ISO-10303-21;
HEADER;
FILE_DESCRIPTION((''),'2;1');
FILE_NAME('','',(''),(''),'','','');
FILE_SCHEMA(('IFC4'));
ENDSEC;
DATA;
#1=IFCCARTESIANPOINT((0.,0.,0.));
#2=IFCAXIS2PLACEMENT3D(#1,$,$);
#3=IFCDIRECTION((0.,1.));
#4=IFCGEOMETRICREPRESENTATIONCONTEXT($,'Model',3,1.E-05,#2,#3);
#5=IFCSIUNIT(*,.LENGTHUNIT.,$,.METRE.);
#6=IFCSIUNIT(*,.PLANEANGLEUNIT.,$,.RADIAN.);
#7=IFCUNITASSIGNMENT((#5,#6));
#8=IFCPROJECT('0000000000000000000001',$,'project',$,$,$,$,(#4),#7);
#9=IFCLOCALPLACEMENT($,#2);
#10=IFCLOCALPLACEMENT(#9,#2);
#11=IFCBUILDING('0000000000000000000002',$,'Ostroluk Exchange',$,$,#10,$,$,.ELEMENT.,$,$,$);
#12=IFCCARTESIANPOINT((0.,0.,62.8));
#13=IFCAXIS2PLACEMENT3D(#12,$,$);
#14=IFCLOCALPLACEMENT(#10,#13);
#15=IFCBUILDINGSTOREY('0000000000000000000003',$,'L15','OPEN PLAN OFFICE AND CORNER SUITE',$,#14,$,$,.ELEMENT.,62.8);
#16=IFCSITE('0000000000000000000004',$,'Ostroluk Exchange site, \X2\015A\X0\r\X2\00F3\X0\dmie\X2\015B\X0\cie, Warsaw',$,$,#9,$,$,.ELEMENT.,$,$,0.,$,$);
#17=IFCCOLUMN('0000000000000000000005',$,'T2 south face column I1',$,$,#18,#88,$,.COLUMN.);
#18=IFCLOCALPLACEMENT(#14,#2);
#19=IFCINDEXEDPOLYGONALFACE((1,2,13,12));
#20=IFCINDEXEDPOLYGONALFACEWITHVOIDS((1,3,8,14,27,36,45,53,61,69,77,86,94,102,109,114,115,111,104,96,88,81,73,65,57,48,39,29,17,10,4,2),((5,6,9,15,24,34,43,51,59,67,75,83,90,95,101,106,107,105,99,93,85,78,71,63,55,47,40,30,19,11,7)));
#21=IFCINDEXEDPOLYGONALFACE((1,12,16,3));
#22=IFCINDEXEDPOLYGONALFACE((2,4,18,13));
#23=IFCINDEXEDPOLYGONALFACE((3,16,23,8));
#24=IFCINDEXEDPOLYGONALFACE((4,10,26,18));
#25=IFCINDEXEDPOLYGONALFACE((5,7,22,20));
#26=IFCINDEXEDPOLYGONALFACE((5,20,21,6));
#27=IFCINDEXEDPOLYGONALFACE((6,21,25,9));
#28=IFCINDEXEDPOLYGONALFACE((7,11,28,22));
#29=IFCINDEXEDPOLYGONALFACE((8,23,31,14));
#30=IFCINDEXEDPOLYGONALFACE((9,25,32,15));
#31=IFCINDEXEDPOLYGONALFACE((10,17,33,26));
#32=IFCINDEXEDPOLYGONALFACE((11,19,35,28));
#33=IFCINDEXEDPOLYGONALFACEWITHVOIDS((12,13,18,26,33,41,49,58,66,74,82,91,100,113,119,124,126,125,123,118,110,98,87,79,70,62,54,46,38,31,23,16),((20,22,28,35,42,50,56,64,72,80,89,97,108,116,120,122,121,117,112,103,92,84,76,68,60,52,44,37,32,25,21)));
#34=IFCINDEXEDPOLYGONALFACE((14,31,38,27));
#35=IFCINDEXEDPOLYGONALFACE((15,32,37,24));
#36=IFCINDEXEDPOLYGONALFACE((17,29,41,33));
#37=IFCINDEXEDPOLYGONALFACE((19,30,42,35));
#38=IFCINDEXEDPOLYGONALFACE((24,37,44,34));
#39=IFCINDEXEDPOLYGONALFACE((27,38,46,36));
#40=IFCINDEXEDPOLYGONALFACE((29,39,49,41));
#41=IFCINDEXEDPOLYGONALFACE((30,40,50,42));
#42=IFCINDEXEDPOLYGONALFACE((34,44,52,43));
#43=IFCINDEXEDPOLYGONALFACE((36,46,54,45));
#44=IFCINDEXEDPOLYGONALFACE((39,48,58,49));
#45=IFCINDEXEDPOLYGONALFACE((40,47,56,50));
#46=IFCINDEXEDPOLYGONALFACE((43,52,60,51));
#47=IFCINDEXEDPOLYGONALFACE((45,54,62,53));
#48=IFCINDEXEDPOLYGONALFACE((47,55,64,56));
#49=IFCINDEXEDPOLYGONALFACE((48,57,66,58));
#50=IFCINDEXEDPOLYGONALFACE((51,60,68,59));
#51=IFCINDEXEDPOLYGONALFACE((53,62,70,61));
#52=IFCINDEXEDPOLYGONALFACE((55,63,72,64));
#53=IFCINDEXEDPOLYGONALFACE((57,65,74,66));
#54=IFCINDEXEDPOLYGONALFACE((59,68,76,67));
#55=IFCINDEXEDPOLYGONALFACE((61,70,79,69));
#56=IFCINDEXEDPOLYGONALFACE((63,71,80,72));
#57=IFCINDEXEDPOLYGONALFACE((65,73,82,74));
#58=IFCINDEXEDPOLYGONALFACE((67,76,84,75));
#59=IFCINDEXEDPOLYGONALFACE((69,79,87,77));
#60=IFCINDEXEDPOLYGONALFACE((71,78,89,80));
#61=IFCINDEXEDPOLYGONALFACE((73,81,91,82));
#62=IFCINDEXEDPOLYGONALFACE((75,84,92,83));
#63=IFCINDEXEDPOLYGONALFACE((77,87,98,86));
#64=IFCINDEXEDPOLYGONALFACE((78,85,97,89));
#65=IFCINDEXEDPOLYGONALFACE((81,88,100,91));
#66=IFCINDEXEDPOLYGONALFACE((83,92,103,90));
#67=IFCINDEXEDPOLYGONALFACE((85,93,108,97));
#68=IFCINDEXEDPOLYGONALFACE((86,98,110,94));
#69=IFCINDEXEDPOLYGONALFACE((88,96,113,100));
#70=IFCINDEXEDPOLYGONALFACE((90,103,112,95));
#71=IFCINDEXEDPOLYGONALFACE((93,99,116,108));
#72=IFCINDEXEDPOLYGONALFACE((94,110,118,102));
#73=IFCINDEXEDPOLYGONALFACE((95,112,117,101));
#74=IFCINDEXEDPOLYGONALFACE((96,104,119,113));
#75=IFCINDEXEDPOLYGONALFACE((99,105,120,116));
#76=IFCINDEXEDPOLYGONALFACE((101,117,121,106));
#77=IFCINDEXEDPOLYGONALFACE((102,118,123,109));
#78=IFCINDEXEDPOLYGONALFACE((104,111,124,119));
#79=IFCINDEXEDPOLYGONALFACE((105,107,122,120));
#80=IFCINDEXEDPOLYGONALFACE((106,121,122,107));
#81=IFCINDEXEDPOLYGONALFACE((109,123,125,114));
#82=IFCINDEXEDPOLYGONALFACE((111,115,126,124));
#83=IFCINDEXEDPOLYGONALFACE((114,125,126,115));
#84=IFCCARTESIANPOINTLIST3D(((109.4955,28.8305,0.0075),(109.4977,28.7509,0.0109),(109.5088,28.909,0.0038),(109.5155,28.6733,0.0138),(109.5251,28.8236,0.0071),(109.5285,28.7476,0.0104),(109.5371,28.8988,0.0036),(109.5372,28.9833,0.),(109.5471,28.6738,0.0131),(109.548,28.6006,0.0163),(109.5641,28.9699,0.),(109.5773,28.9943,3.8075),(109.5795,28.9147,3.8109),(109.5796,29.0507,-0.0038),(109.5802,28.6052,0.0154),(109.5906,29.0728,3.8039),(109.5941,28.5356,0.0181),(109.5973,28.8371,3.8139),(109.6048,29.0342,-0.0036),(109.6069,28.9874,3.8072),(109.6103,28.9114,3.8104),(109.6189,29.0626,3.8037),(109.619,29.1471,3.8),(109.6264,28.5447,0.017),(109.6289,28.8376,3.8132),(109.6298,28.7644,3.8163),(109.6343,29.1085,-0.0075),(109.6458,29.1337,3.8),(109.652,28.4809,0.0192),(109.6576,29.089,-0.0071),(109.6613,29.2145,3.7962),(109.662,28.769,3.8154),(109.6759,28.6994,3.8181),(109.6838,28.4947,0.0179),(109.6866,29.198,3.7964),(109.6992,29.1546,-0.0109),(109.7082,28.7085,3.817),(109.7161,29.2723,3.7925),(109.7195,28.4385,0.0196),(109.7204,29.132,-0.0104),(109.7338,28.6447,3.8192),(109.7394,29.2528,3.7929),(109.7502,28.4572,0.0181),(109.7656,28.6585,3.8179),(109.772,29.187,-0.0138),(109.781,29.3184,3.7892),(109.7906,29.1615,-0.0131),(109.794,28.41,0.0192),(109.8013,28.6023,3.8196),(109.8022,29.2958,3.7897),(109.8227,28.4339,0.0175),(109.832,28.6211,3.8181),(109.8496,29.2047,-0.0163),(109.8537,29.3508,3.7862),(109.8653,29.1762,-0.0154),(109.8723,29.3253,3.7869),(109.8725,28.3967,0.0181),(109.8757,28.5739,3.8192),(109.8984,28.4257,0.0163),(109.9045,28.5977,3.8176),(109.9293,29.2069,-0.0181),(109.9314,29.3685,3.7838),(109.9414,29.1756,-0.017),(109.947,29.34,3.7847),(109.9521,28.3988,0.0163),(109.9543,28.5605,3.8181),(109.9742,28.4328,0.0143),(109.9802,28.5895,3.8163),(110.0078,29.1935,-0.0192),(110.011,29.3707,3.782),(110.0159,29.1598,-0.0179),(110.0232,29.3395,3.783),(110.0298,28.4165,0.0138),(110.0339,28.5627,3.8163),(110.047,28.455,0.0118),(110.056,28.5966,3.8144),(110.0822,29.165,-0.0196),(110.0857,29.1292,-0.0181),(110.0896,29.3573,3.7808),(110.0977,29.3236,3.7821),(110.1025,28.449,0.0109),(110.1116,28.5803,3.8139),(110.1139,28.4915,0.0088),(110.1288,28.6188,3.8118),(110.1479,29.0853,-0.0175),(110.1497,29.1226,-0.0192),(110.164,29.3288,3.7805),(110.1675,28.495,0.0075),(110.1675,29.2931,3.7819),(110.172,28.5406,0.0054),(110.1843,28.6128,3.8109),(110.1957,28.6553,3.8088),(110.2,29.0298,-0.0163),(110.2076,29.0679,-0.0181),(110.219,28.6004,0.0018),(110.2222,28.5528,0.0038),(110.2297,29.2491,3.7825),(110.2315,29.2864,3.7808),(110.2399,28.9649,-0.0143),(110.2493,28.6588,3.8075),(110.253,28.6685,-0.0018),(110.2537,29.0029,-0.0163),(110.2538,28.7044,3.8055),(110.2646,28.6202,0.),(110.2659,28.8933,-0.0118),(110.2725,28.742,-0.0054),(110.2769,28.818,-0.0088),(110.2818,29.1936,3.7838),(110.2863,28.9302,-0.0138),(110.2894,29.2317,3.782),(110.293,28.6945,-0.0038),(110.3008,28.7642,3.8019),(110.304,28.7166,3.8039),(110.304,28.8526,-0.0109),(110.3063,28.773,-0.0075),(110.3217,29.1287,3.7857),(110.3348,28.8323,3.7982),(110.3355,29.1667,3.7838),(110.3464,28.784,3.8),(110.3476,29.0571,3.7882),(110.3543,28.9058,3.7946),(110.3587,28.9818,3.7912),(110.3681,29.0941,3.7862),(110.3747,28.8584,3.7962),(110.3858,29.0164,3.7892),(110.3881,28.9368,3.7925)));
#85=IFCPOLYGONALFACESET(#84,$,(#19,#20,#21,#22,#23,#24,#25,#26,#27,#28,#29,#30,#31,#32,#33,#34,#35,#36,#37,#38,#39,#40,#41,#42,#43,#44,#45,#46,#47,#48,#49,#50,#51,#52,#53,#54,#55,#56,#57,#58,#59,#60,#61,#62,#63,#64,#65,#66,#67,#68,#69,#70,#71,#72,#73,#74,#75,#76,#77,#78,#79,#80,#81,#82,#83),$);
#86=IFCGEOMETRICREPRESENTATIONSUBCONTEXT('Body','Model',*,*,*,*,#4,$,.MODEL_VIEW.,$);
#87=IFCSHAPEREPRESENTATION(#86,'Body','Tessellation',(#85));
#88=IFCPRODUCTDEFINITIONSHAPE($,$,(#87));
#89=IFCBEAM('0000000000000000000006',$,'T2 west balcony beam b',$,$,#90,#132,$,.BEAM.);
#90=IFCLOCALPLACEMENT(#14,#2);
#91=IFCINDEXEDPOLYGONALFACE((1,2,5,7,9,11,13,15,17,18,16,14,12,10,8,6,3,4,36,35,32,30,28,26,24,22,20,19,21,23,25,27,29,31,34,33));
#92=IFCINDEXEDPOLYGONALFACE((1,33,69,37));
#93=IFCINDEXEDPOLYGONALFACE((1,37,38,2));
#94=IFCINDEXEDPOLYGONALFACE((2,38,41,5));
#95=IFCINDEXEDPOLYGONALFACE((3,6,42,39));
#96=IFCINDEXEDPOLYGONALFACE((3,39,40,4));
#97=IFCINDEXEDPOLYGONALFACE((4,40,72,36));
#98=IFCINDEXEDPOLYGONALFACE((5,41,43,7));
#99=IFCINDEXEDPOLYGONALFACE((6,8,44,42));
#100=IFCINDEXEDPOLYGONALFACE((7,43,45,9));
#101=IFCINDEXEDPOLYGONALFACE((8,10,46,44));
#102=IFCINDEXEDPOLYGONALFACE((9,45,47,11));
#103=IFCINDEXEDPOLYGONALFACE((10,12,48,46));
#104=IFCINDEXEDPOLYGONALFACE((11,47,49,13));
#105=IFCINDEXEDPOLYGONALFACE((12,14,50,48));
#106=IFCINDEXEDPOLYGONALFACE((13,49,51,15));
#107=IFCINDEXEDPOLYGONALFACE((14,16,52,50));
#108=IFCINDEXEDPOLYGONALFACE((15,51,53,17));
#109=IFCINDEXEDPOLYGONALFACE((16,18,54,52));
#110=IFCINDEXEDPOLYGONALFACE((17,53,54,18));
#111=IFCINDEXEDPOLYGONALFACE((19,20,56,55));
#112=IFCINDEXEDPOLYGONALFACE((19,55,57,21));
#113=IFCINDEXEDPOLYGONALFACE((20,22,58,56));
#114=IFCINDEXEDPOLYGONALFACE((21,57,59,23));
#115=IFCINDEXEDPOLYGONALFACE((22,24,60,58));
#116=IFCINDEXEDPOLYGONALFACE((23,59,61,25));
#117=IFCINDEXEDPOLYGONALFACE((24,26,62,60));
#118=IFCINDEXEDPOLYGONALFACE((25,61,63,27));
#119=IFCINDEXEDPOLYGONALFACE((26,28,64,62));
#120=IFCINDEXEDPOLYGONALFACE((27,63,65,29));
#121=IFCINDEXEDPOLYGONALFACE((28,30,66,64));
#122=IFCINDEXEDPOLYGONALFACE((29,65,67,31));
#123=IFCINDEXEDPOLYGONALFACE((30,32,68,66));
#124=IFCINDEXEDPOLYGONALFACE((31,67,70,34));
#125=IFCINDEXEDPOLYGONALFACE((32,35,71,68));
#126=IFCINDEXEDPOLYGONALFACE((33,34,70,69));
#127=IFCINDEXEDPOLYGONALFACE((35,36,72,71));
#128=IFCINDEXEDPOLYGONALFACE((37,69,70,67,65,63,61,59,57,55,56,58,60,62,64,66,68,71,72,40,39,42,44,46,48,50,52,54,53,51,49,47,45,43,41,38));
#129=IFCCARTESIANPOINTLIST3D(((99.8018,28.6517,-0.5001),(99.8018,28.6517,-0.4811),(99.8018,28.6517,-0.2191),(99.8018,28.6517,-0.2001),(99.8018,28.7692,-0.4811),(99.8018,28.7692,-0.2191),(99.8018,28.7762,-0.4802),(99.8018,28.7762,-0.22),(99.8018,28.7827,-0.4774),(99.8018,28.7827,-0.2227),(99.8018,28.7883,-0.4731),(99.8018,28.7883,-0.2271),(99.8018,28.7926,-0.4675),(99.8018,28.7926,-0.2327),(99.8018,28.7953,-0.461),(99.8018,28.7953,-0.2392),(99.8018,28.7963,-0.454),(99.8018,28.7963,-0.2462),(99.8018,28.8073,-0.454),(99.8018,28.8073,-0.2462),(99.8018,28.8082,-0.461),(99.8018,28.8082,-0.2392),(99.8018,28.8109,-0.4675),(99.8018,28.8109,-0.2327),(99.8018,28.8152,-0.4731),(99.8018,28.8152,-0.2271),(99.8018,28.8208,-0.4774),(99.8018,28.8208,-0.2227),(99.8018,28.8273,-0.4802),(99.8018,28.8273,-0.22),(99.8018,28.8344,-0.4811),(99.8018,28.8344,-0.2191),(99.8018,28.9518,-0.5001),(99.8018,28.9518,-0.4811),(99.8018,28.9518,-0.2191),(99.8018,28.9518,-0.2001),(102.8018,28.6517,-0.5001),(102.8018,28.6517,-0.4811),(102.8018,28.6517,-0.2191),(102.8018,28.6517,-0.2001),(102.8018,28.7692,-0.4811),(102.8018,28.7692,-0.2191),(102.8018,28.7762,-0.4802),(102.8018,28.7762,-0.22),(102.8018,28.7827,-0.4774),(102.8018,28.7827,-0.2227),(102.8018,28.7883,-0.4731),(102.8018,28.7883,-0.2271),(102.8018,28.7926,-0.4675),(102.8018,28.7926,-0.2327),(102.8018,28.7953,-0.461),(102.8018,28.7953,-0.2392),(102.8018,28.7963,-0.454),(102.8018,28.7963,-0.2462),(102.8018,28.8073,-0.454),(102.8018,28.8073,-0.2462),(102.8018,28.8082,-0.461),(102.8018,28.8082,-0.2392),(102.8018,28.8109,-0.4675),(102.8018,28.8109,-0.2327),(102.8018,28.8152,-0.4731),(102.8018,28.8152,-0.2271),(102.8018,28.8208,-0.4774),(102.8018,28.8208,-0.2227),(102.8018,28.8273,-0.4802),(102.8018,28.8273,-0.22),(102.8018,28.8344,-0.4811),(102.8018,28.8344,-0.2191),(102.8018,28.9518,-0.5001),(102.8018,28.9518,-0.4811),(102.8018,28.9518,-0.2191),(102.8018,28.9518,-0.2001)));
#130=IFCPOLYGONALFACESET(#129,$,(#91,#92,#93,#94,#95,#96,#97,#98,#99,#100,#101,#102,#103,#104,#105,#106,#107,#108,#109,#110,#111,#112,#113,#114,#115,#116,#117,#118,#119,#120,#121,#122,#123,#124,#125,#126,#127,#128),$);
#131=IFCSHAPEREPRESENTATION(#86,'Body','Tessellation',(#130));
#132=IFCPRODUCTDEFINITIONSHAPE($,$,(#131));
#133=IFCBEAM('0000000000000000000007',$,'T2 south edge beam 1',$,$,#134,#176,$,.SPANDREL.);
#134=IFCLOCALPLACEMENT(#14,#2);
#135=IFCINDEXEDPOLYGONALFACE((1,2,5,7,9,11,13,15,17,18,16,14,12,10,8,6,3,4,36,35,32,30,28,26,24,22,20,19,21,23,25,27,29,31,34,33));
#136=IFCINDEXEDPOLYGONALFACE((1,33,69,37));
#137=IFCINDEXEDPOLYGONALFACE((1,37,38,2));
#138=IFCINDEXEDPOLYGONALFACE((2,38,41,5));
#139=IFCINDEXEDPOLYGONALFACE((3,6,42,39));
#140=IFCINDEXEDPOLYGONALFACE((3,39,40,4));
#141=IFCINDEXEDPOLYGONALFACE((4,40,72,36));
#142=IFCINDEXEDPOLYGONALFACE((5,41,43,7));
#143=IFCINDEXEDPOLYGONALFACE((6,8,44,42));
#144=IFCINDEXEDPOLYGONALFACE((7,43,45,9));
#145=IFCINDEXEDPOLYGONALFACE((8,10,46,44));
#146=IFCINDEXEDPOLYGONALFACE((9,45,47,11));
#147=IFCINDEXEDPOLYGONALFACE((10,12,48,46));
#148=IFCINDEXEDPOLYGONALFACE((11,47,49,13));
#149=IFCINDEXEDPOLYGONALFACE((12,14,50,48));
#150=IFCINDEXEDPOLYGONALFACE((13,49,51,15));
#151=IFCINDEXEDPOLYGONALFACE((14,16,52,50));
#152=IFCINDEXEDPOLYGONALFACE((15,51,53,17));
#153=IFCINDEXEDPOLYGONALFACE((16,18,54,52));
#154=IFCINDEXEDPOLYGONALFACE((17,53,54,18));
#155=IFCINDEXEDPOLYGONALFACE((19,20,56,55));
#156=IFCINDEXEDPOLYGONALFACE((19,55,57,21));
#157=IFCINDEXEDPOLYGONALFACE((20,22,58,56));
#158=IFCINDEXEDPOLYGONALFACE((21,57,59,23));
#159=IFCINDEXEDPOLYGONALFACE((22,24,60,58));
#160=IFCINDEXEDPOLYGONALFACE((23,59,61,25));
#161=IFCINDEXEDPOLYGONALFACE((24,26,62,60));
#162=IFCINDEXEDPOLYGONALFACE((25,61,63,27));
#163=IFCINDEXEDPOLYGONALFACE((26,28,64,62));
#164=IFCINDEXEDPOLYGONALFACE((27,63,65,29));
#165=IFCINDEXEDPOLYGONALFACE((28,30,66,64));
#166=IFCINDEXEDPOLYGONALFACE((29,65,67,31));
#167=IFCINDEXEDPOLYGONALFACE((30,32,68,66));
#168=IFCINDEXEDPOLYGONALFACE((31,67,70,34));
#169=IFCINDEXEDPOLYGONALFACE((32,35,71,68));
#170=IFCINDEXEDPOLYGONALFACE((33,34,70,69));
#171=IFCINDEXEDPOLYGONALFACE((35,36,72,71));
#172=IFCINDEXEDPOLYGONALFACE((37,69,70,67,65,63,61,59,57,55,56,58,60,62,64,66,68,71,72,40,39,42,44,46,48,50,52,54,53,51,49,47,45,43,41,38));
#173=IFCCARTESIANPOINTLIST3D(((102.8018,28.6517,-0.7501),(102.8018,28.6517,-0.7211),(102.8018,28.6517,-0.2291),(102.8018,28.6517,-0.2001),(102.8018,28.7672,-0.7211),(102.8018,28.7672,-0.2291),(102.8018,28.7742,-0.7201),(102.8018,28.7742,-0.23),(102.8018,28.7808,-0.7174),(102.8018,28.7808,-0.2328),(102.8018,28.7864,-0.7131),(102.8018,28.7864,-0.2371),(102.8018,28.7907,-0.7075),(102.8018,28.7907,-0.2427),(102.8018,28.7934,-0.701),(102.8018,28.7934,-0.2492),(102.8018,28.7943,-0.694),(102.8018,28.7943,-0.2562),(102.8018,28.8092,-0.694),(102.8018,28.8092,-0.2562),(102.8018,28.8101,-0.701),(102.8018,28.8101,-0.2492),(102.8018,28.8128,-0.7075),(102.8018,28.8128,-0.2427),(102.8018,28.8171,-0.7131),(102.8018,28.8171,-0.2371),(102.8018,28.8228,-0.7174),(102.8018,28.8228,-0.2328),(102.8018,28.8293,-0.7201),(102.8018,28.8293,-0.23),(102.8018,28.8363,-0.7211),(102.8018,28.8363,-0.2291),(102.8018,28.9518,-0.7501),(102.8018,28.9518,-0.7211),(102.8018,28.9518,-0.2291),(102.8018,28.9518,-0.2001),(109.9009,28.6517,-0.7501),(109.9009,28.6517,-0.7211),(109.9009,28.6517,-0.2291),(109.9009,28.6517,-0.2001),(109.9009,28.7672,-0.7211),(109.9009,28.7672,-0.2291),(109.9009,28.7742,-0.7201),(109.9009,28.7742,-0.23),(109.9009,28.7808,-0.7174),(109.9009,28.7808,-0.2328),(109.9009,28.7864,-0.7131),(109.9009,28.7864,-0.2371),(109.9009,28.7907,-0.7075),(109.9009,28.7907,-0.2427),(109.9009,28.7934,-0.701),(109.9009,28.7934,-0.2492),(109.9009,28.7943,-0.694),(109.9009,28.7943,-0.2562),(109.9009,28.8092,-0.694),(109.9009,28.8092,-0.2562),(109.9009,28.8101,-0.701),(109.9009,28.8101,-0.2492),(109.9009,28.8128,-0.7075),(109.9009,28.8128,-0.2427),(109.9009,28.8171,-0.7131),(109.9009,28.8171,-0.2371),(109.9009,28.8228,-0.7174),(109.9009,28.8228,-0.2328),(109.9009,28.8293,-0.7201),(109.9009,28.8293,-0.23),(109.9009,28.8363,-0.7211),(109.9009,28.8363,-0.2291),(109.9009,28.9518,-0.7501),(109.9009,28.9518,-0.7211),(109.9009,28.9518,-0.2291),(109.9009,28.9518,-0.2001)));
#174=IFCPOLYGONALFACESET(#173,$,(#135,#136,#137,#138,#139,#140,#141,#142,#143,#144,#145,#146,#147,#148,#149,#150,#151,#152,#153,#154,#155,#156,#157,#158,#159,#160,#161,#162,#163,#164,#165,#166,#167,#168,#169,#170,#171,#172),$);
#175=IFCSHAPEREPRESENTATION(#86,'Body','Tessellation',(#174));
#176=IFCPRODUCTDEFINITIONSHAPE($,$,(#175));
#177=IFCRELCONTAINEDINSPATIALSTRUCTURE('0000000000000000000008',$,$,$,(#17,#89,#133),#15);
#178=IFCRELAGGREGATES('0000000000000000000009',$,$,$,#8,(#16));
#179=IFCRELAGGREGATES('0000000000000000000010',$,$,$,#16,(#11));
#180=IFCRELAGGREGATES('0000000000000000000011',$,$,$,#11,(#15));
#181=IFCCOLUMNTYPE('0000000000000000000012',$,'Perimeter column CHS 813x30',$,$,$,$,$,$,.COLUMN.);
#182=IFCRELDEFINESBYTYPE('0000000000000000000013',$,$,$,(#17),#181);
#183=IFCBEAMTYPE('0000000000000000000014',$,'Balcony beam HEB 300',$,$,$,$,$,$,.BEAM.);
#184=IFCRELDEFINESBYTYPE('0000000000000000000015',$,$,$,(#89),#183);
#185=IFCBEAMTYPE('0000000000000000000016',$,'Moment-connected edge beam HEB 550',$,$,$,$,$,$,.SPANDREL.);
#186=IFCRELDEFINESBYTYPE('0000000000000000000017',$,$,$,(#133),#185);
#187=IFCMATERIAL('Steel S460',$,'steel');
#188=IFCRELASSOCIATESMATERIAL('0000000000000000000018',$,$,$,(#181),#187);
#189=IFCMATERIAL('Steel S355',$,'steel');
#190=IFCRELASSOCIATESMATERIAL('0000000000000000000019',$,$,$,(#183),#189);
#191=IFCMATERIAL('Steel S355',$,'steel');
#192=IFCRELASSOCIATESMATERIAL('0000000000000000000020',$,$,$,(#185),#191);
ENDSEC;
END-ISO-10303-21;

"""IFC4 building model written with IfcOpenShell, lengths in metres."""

from ifc_helpers import new_model, si_unit, direction, frame, origin, origin_2d, place, context, subcontext, project, spatial, hollow_circle, i_section, extrude, material, material_profile, profile_set, type_object, element, save


model = new_model("IFC4")

# Units and contexts
model_context = context("Model", 3, precision=1e-05, world=origin(), true_north=direction((0.0, 1.0)))
body_context = subcontext(model_context, "Body", "Model", "MODEL_VIEW")
ifc_project = project(units=[si_unit("LENGTHUNIT", "METRE"), si_unit("PLANEANGLEUNIT", "RADIAN")], contexts=[model_context])

# Site, building, storey
site_placement = place(None, origin())
site = spatial("IfcSite", under=ifc_project, at=site_placement, Name="Ostroluk Exchange site, Śródmieście, Warsaw", CompositionType="ELEMENT", RefElevation=0.0)
building_placement = place(site_placement, origin())
building = spatial("IfcBuilding", under=site, at=building_placement, Name="Ostroluk Exchange", CompositionType="ELEMENT")
storey_placement = place(building_placement, frame((0.0, 0.0, 62.8)))
storey = spatial("IfcBuildingStorey", under=building, at=storey_placement, Name="L15", Description="OPEN PLAN OFFICE AND CORNER SUITE", CompositionType="ELEMENT", Elevation=62.8)

# Column
ifc_material_1 = material(Name="Steel S460", Category="steel")
ifc_material_profile_1 = material_profile(ifc_material_1, hollow_circle(Radius=0.4065, WallThickness=0.03, at=origin_2d()), Name="CHS 813x30")
ifc_profile_set_1 = profile_set([ifc_material_profile_1], Name="Steel S460")
column_type = type_object("IfcColumnType", Name="Perimeter column CHS 813x30", PredefinedType="COLUMN", material=ifc_profile_set_1)
column_placement = place(storey_placement, frame((109.9009, 28.8018, 0.0), z_axis=(0.021498, 0.04306, 0.998841), x_axis=(-0.894694, 0.44668, 0.0)))
element("IfcColumn", 1, at=column_placement, inside=storey, type_object=column_type, Name="T2 south face column I1", PredefinedType="COLUMN", context=body_context, shape_type="SweptSolid", body=[
    extrude(hollow_circle(Radius=0.4065, WallThickness=0.03, at=origin_2d()), origin(), (0.0, 0.0, 1.0), 3.8044),
])

# Beams
ifc_material_2 = material(Name="Steel S355", Category="steel")
ifc_material_profile_2 = material_profile(ifc_material_2, i_section(OverallWidth=0.3, OverallDepth=0.3, WebThickness=0.011, FlangeThickness=0.019, FilletRadius=0.0271, at=origin_2d()), Name="HEB 300")
ifc_profile_set_2 = profile_set([ifc_material_profile_2], Name="Steel S355")
beam_type_1 = type_object("IfcBeamType", Name="Balcony beam HEB 300", PredefinedType="BEAM", material=ifc_profile_set_2)
beam_placement = place(storey_placement, frame((102.8018, 28.8018, -0.3501), z_axis=(-1.0, 0.0, 0.0), x_axis=(0.0, -1.0, 0.0)))
element("IfcBeam", 2, at=beam_placement, inside=storey, type_object=beam_type_1, Name="T2 west balcony beam b", PredefinedType="BEAM", context=body_context, shape_type="SweptSolid", body=[
    extrude(i_section(OverallWidth=0.3, OverallDepth=0.3, WebThickness=0.011, FlangeThickness=0.019, FilletRadius=0.0271, at=origin_2d()), origin(), (0.0, 0.0, 1.0), 3.0),
])
ifc_material_3 = material(Name="Steel S355", Category="steel")
ifc_material_profile_3 = material_profile(ifc_material_3, i_section(OverallWidth=0.3, OverallDepth=0.55, WebThickness=0.0149, FlangeThickness=0.0291, FilletRadius=0.0271, at=origin_2d()), Name="HEB 550")
ifc_profile_set_3 = profile_set([ifc_material_profile_3], Name="Steel S355")
beam_type_2 = type_object("IfcBeamType", Name="Moment-connected edge beam HEB 550", PredefinedType="SPANDREL", material=ifc_profile_set_3)
for number, where, z_axis, x_axis, name in (
    (3, (102.8018, 28.8018, -0.4751), (1.0, 0.0, 0.0), (0.0, 1.0, 0.0), "T2 south edge beam 1"),
):
    element("IfcBeam", number, at=place(storey_placement, frame(where, z_axis=z_axis, x_axis=x_axis)), inside=storey, type_object=beam_type_2, Name=name, PredefinedType="SPANDREL", context=body_context, shape_type="SweptSolid", body=[
        extrude(i_section(OverallWidth=0.3, OverallDepth=0.55, WebThickness=0.0149, FlangeThickness=0.0291, FilletRadius=0.0271, at=origin_2d()), origin(), (0.0, 0.0, 1.0), 7.0991),
    ])

save(model, "model.ifc")
